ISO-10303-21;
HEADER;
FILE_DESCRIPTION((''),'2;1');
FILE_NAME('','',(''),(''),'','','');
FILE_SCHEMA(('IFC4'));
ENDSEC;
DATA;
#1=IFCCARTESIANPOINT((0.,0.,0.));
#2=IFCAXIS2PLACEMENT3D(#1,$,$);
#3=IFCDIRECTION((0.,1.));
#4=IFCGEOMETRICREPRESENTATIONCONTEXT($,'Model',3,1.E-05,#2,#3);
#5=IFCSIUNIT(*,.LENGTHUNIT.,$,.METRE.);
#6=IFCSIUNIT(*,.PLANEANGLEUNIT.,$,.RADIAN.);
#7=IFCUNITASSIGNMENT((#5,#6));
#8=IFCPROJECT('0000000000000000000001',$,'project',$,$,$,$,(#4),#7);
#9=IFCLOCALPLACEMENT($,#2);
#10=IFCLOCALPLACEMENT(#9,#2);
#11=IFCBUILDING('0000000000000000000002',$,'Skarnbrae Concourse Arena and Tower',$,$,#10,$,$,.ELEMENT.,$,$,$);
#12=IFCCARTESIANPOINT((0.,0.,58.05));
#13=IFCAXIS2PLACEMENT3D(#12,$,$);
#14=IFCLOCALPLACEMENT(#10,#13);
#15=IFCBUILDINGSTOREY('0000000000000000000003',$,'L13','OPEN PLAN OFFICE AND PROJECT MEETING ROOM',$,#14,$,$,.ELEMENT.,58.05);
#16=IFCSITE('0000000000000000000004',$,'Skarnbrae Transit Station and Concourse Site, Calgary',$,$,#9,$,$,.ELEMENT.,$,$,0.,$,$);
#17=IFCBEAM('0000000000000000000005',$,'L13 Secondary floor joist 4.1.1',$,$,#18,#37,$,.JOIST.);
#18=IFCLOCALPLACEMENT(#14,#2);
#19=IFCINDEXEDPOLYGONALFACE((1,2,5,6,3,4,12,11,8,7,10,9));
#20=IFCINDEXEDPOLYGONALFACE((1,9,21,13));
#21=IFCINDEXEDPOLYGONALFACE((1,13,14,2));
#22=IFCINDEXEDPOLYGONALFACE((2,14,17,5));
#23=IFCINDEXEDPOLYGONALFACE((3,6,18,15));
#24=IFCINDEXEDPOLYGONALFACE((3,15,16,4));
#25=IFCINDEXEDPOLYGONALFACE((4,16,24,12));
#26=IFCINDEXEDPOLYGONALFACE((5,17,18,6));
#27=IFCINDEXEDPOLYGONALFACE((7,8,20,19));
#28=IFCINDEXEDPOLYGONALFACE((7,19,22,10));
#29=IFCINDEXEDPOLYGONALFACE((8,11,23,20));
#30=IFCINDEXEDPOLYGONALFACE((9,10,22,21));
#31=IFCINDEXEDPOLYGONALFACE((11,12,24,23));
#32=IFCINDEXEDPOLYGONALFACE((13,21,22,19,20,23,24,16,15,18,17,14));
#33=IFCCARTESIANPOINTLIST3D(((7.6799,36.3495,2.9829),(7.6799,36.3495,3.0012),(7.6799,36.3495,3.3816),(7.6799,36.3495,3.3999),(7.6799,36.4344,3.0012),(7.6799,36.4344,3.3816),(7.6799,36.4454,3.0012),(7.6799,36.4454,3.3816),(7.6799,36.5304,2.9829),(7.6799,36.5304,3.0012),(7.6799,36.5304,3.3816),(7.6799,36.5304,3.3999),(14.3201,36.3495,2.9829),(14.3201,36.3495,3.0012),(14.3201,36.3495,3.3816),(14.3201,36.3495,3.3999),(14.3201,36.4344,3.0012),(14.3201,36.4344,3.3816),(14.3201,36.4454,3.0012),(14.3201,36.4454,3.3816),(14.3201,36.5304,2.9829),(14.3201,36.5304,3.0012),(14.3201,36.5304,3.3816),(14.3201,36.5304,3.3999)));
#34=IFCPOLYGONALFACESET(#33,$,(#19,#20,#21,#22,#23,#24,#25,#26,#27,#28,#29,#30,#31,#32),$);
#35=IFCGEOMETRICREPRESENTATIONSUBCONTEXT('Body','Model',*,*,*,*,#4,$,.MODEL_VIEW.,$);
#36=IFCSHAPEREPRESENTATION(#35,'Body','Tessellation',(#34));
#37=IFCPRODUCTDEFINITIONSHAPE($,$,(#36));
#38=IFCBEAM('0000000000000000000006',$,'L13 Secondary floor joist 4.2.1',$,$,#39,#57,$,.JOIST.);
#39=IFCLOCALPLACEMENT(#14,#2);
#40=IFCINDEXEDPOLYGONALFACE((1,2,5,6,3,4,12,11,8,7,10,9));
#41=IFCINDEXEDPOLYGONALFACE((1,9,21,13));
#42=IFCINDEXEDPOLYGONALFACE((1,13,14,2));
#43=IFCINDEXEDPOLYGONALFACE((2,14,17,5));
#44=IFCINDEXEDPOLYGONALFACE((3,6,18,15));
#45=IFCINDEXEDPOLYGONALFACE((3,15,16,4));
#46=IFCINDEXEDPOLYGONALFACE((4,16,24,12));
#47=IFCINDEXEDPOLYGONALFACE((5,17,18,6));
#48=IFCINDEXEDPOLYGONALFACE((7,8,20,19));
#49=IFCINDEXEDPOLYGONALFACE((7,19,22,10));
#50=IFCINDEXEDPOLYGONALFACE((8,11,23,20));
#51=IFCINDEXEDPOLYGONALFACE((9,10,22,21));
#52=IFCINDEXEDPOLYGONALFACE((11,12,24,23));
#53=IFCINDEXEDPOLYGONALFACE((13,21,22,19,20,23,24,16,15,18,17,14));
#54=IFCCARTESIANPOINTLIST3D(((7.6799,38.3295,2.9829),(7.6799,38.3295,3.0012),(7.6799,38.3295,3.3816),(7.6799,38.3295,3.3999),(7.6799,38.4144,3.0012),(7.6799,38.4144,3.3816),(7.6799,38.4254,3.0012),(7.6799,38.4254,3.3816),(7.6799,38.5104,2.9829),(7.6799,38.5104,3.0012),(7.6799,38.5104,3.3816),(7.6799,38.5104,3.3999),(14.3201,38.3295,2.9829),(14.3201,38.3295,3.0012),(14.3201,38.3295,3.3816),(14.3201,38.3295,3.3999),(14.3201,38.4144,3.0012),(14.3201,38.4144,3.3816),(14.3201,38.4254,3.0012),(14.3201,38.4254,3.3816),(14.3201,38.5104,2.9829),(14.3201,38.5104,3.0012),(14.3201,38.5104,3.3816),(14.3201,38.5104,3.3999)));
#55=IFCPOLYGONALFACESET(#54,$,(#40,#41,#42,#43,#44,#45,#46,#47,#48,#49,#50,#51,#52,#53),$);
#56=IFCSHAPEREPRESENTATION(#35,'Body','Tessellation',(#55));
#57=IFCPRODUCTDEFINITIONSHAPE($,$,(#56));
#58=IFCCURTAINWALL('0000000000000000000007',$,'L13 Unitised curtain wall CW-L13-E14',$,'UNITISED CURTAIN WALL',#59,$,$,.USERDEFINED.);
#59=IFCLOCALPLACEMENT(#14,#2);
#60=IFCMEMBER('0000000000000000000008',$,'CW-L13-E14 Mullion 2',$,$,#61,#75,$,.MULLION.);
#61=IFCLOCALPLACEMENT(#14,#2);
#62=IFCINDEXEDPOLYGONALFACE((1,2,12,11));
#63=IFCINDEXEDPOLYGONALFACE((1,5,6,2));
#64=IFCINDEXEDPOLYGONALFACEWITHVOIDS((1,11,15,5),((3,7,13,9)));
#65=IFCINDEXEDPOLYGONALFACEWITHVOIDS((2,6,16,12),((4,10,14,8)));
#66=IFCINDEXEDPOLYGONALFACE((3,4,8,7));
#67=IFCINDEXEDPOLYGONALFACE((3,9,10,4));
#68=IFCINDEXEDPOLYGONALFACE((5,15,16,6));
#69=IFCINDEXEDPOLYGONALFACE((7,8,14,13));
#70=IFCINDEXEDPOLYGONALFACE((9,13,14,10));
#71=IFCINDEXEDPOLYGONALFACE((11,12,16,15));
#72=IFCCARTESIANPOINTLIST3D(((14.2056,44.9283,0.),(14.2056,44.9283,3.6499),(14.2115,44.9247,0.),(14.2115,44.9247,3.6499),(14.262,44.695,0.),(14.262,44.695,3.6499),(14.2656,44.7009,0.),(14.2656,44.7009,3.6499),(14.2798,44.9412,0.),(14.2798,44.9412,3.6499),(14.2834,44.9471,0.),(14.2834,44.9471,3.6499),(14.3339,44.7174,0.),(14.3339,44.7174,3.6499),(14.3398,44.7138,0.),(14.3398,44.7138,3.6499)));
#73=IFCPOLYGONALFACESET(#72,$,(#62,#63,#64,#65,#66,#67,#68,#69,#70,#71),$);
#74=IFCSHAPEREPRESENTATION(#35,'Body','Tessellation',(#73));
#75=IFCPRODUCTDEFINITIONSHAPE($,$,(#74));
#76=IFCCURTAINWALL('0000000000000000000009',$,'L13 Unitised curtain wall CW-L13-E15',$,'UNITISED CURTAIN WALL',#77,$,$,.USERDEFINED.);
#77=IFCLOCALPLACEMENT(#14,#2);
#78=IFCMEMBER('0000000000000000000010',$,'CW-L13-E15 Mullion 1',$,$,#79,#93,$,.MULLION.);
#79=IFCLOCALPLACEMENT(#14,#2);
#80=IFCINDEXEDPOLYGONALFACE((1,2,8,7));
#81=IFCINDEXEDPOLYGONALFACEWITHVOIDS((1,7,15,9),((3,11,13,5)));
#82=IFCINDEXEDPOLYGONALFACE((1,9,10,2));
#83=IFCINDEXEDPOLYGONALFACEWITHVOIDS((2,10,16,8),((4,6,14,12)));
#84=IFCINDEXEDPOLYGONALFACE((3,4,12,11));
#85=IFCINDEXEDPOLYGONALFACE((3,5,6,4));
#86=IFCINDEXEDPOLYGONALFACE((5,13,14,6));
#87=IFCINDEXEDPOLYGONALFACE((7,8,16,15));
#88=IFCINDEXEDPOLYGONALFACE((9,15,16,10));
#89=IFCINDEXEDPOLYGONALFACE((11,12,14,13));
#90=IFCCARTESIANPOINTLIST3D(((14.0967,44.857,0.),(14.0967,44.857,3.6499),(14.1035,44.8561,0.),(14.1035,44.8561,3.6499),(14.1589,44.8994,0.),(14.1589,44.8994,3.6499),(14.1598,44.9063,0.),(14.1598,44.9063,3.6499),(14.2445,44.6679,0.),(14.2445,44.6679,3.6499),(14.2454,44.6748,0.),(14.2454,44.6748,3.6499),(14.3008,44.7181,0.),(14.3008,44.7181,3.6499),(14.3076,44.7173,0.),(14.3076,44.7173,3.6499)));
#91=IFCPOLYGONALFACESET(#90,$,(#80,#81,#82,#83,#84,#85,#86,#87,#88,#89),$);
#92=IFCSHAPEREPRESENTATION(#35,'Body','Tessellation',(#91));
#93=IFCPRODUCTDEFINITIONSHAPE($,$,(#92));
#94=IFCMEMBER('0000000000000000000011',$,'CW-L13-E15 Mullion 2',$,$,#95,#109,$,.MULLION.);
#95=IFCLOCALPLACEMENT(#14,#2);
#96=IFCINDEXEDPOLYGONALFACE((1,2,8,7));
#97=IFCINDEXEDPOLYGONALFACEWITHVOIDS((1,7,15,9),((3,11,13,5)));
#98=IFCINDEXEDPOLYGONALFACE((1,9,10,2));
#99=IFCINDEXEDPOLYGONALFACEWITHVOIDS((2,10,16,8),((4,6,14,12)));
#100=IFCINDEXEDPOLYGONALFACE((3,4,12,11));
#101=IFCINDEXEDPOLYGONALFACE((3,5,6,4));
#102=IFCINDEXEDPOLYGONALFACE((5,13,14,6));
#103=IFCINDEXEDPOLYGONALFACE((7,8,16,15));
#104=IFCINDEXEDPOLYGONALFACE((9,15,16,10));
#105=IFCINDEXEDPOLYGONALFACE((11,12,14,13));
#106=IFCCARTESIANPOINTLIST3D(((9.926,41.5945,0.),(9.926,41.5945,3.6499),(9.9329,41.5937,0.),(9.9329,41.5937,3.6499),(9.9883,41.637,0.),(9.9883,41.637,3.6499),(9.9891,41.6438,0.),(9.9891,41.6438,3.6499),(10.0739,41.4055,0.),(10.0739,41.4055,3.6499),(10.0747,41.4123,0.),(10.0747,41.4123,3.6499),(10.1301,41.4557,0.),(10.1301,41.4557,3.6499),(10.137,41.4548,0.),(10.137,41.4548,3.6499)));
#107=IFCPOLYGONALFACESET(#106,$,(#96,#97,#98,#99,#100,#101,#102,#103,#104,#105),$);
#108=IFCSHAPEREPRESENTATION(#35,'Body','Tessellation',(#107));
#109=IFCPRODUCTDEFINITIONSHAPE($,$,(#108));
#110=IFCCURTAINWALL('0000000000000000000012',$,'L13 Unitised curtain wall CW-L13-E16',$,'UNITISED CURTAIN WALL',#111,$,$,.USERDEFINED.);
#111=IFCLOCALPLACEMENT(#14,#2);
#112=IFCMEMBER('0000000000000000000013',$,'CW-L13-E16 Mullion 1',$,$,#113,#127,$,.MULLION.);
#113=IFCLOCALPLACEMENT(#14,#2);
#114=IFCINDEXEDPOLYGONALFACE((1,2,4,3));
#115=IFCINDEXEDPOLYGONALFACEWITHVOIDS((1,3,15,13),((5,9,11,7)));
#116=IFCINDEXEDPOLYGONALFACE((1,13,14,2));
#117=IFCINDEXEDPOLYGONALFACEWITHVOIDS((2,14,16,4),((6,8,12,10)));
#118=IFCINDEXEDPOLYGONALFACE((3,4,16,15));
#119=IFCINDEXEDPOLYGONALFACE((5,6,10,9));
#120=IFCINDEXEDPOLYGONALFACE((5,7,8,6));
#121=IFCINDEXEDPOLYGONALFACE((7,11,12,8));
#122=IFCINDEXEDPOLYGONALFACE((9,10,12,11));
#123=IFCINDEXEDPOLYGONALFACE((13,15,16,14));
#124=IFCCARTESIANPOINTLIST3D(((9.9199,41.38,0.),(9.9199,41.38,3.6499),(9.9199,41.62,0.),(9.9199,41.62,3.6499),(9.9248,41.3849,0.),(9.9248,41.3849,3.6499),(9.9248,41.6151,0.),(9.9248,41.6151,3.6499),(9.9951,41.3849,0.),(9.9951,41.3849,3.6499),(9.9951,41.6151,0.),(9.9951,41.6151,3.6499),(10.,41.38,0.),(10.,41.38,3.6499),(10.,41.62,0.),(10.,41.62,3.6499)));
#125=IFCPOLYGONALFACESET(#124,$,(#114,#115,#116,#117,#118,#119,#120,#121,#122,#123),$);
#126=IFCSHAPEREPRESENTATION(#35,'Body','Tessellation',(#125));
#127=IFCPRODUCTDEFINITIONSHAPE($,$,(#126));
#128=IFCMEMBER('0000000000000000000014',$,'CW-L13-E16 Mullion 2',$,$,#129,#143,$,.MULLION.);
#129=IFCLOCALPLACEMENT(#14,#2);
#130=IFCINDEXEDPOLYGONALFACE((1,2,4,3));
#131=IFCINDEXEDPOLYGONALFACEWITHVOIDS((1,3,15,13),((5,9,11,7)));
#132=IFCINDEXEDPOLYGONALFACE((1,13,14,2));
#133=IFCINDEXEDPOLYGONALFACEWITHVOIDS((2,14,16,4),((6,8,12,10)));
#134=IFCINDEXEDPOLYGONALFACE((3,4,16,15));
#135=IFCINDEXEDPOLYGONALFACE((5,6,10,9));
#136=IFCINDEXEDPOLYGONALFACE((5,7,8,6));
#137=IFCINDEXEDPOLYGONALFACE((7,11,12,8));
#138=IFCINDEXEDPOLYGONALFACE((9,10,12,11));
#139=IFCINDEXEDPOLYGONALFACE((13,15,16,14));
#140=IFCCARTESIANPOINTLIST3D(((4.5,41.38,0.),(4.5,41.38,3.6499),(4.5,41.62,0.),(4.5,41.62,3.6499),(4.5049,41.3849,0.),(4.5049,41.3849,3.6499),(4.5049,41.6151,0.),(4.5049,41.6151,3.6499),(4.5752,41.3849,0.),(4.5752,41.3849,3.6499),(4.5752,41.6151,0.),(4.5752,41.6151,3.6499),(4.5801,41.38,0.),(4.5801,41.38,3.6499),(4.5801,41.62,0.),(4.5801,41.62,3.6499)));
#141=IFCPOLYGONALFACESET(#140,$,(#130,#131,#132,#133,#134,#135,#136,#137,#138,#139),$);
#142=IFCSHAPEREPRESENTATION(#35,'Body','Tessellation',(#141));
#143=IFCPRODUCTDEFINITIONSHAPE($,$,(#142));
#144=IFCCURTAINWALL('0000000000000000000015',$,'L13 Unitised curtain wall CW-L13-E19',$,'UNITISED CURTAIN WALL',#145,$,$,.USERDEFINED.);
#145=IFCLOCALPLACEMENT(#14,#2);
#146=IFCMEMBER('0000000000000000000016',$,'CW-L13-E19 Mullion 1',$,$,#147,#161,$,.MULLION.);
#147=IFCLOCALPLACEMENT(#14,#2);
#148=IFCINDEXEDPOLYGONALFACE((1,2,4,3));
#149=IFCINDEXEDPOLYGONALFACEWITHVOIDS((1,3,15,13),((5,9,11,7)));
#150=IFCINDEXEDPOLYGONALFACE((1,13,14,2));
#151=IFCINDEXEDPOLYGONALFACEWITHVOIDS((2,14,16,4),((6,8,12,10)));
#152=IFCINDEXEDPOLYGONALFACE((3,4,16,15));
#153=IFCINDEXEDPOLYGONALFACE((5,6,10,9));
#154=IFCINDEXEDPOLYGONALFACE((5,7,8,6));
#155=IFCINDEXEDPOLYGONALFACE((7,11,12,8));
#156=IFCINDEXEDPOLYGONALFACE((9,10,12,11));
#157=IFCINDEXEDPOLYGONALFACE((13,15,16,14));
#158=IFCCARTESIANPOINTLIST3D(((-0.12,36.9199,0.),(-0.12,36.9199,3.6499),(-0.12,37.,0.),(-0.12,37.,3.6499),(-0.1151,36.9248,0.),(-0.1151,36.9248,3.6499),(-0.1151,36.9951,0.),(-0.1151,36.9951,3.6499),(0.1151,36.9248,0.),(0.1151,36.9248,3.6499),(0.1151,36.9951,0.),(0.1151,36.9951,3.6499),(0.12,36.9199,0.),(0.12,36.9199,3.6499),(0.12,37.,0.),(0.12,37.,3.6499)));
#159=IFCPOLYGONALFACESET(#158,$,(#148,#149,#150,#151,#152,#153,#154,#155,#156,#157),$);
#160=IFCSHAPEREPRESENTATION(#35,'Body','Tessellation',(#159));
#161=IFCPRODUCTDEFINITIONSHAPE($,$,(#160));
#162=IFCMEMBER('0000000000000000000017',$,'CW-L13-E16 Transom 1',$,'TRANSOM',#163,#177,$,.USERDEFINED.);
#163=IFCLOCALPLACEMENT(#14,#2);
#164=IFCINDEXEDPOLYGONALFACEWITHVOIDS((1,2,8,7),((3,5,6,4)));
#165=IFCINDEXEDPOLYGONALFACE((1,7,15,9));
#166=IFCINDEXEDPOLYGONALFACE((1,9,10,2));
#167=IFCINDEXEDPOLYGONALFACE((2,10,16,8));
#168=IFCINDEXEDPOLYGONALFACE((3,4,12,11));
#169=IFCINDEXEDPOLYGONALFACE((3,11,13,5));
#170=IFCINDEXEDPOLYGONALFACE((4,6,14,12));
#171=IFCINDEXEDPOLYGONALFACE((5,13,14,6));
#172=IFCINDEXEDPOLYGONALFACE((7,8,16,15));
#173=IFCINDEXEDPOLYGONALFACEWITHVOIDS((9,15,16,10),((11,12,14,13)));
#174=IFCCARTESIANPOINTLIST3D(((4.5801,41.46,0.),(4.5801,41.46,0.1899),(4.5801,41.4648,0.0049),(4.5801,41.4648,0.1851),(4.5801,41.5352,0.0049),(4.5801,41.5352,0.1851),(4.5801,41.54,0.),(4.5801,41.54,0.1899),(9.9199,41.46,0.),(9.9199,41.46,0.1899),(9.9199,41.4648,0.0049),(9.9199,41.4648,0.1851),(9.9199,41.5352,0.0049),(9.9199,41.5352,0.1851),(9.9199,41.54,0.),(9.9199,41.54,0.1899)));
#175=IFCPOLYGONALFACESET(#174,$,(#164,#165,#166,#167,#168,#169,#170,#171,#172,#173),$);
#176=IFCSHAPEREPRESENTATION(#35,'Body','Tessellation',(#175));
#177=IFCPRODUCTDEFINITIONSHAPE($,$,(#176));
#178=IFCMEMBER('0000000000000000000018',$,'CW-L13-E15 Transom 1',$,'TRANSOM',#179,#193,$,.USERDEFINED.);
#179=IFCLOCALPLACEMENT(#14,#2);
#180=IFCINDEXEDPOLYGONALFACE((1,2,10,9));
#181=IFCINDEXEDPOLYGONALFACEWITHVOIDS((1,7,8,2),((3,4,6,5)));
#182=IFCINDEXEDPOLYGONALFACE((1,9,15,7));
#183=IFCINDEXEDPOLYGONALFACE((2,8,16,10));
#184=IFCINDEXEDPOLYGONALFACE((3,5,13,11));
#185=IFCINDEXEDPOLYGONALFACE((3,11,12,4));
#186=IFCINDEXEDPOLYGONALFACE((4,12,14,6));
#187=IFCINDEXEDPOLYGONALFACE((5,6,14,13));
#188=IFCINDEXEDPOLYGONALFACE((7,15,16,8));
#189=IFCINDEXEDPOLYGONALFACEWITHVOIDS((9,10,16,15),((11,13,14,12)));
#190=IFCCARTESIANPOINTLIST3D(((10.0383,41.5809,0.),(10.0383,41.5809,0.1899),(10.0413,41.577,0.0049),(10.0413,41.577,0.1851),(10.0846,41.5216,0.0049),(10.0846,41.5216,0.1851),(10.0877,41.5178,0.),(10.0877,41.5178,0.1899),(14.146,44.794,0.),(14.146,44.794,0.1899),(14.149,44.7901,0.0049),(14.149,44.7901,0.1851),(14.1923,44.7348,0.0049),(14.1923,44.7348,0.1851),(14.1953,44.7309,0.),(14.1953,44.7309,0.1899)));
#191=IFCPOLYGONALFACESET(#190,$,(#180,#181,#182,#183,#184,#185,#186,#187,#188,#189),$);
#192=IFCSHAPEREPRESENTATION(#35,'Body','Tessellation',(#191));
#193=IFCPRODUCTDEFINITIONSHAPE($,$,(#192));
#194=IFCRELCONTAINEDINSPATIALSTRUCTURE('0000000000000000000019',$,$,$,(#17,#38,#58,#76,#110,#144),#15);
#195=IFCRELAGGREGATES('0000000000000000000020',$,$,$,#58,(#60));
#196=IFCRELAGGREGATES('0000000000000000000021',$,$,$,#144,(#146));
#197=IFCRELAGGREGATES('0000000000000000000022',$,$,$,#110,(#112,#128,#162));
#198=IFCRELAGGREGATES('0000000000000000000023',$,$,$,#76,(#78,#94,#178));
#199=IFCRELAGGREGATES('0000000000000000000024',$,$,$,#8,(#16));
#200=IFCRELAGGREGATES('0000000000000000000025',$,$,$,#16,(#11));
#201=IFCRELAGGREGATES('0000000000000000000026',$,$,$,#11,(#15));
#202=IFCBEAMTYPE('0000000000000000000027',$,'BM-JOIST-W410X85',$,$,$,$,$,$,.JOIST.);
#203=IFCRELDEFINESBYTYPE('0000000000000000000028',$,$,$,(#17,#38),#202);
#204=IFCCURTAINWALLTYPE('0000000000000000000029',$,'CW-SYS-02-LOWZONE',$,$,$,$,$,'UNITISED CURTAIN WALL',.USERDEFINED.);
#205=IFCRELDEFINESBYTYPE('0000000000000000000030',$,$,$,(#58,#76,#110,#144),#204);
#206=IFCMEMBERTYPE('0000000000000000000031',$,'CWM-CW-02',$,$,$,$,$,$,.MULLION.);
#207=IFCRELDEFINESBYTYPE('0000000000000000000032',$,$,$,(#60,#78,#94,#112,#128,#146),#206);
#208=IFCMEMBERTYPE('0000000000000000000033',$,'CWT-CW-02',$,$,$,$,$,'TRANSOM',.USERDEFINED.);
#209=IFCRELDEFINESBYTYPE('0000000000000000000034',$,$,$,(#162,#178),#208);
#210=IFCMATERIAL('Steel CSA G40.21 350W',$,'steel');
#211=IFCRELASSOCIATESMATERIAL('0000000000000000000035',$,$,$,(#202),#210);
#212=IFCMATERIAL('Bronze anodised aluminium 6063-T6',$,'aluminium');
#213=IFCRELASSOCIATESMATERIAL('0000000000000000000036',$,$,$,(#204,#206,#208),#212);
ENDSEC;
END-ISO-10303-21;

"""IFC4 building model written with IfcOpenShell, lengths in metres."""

from ifc_helpers import new_model, si_unit, direction, frame, origin, origin_2d, place, context, subcontext, project, spatial, hollow_rectangle, i_section, extrude, source, transform, mapped, material, material_profile, profile_set, type_object, element, aggregate, save


model = new_model("IFC4")

# Units and contexts
model_context = context("Model", 3, precision=1e-05, world=origin(), true_north=direction((0.0, 1.0)))
body_context = subcontext(model_context, "Body", "Model", "MODEL_VIEW")
ifc_project = project(units=[si_unit("LENGTHUNIT", "METRE"), si_unit("PLANEANGLEUNIT", "RADIAN")], contexts=[model_context])

# Site, building, storey
site_placement = place(None, origin())
site = spatial("IfcSite", under=ifc_project, at=site_placement, Name="Skarnbrae Transit Station and Concourse Site, Calgary", CompositionType="ELEMENT", RefElevation=0.0)
building_placement = place(site_placement, origin())
building = spatial("IfcBuilding", under=site, at=building_placement, Name="Skarnbrae Concourse Arena and Tower", CompositionType="ELEMENT")
storey_placement = place(building_placement, frame((0.0, 0.0, 58.05)))
storey = spatial("IfcBuildingStorey", under=building, at=storey_placement, Name="L13", Description="OPEN PLAN OFFICE AND PROJECT MEETING ROOM", CompositionType="ELEMENT", Elevation=58.05)

# Shared definitions
ifc_material_1 = material(Name="Steel CSA G40.21 350W", Category="steel")

# Beams
ifc_material_profile_1 = material_profile(ifc_material_1, i_section(OverallWidth=0.1809, OverallDepth=0.417, WebThickness=0.011, FlangeThickness=0.0183, at=origin_2d()), Name="W410X85")
ifc_profile_set_1 = profile_set([ifc_material_profile_1], Name="Steel CSA G40.21 350W")
beam_type_1 = type_object("IfcBeamType", Name="BM-JOIST-W410X85", PredefinedType="JOIST", material=ifc_profile_set_1)
shared_shape_1 = source(origin(), body_context, "Body", "SweptSolid", [
    extrude(i_section(OverallWidth=0.1809, OverallDepth=0.417, WebThickness=0.011, FlangeThickness=0.0183, at=origin_2d()), origin(), (0.0, 0.0, 1.0), 6.6401),
])
for number, where, z_axis, x_axis, name in (
    (1, (7.6799, 36.4399, 3.1914), (1.0, 0.0, 0.0), (0.0, 1.0, 0.0), "L13 Secondary floor joist 4.1.1"),
    (2, (7.6799, 38.4199, 3.1914), (1.0, 0.0, 0.0), (0.0, 1.0, 0.0), "L13 Secondary floor joist 4.2.1"),
):
    element("IfcBeam", number, at=place(storey_placement, frame(where, z_axis=z_axis, x_axis=x_axis)), inside=storey, type_object=beam_type_1, Name=name, PredefinedType="JOIST", context=body_context, shape_type="MappedRepresentation", body=[
        mapped(shared_shape_1, transform((0.0, 0.0, 0.0))),
    ])

# Curtain wall, member
ifc_material_2 = material(Name="Bronze anodised aluminium 6063-T6", Category="aluminium")
curtain_wall_type = type_object("IfcCurtainWallType", Name="CW-SYS-02-LOWZONE", ElementType="UNITISED CURTAIN WALL", PredefinedType="USERDEFINED", material=ifc_material_2)
curtain_wall_1_placement = place(storey_placement, origin())
curtain_wall_1 = element("IfcCurtainWall", 3, at=curtain_wall_1_placement, inside=storey, type_object=curtain_wall_type, Name="L13 Unitised curtain wall CW-L13-E14", ObjectType="UNITISED CURTAIN WALL", PredefinedType="USERDEFINED")
ifc_material_profile_2 = material_profile(ifc_material_2, hollow_rectangle(XDim=0.0801, YDim=0.24, WallThickness=0.0049, at=origin_2d()), Name="ALU-MULL-80X240")
ifc_profile_set_2 = profile_set([ifc_material_profile_2], Name="Bronze anodised aluminium 6063-T6")
member_type_1 = type_object("IfcMemberType", Name="CWM-CW-02", PredefinedType="MULLION", material=ifc_profile_set_2)
shared_shape_2 = source(origin(), body_context, "Body", "SweptSolid", [
    extrude(hollow_rectangle(XDim=0.0801, YDim=0.24, WallThickness=0.0049, at=origin_2d()), origin(), (0.0, 0.0, 1.0), 3.6499),
])
member_1_placement = place(storey_placement, frame((14.2727, 44.821, 0.0), z_axis=(0.0, 0.0, 1.0), x_axis=(-0.971974, -0.23509, 0.0)))
member_1 = element("IfcMember", 4, at=member_1_placement, type_object=member_type_1, Name="CW-L13-E14 Mullion 2", PredefinedType="MULLION", context=body_context, shape_type="MappedRepresentation", body=[
    mapped(shared_shape_2, transform((0.0, 0.0, 0.0))),
])
aggregate(curtain_wall_1, [member_1])

# Curtain walls, members
curtain_wall_2_placement = place(storey_placement, origin())
curtain_wall_2 = element("IfcCurtainWall", 5, at=curtain_wall_2_placement, inside=storey, type_object=curtain_wall_type, Name="L13 Unitised curtain wall CW-L13-E15", ObjectType="UNITISED CURTAIN WALL", PredefinedType="USERDEFINED")
member_2_placement = place(storey_placement, frame((14.2021, 44.7871, 0.0), z_axis=(0.0, 0.0, 1.0), x_axis=(-0.787652, -0.616121, 0.0)))
member_2 = element("IfcMember", 6, at=member_2_placement, type_object=member_type_1, Name="CW-L13-E15 Mullion 1", PredefinedType="MULLION", context=body_context, shape_type="MappedRepresentation", body=[
    mapped(shared_shape_2, transform((0.0, 0.0, 0.0))),
])
member_3_placement = place(storey_placement, frame((10.0315, 41.5247, 0.0), z_axis=(0.0, 0.0, 1.0), x_axis=(-0.787652, -0.616121, 0.0)))
member_3 = element("IfcMember", 7, at=member_3_placement, type_object=member_type_1, Name="CW-L13-E15 Mullion 2", PredefinedType="MULLION", context=body_context, shape_type="MappedRepresentation", body=[
    mapped(shared_shape_2, transform((0.0, 0.0, 0.0))),
])
curtain_wall_3_placement = place(storey_placement, origin())
curtain_wall_3 = element("IfcCurtainWall", 8, at=curtain_wall_3_placement, inside=storey, type_object=curtain_wall_type, Name="L13 Unitised curtain wall CW-L13-E16", ObjectType="UNITISED CURTAIN WALL", PredefinedType="USERDEFINED")
member_4_placement = place(storey_placement, frame((9.96, 41.5, 0.0), z_axis=(0.0, 0.0, 1.0), x_axis=(-1.0, 0.0, 0.0)))
member_4 = element("IfcMember", 9, at=member_4_placement, type_object=member_type_1, Name="CW-L13-E16 Mullion 1", PredefinedType="MULLION", context=body_context, shape_type="MappedRepresentation", body=[
    mapped(shared_shape_2, transform((0.0, 0.0, 0.0))),
])
member_5_placement = place(storey_placement, frame((4.54, 41.5, 0.0), z_axis=(0.0, 0.0, 1.0), x_axis=(-1.0, 0.0, 0.0)))
member_5 = element("IfcMember", 10, at=member_5_placement, type_object=member_type_1, Name="CW-L13-E16 Mullion 2", PredefinedType="MULLION", context=body_context, shape_type="MappedRepresentation", body=[
    mapped(shared_shape_2, transform((0.0, 0.0, 0.0))),
])

# Curtain wall, member
curtain_wall_4_placement = place(storey_placement, origin())
curtain_wall_4 = element("IfcCurtainWall", 11, at=curtain_wall_4_placement, inside=storey, type_object=curtain_wall_type, Name="L13 Unitised curtain wall CW-L13-E19", ObjectType="UNITISED CURTAIN WALL", PredefinedType="USERDEFINED")
member_6_placement = place(storey_placement, frame((0.0, 36.96, 0.0), z_axis=(0.0, 0.0, 1.0), x_axis=(0.0, -1.0, 0.0)))
member_6 = element("IfcMember", 12, at=member_6_placement, type_object=member_type_1, Name="CW-L13-E19 Mullion 1", PredefinedType="MULLION", context=body_context, shape_type="MappedRepresentation", body=[
    mapped(shared_shape_2, transform((0.0, 0.0, 0.0))),
])

# Members
ifc_material_profile_3 = material_profile(ifc_material_2, hollow_rectangle(XDim=0.0801, YDim=0.1899, WallThickness=0.0049, at=origin_2d()), Name="ALU-TRAN-80X190")
ifc_profile_set_3 = profile_set([ifc_material_profile_3], Name="Bronze anodised aluminium 6063-T6")
member_type_2 = type_object("IfcMemberType", Name="CWT-CW-02", ElementType="TRANSOM", PredefinedType="USERDEFINED", material=ifc_profile_set_3)
shared_shape_3 = source(origin(), body_context, "Body", "SweptSolid", [
    extrude(hollow_rectangle(XDim=0.0801, YDim=0.1899, WallThickness=0.0049, at=origin_2d()), origin(), (0.0, 0.0, 1.0), 5.3398),
])
member_7_placement = place(storey_placement, frame((9.9199, 41.5, 0.095), z_axis=(-1.0, 0.0, 0.0), x_axis=(0.0, -1.0, 0.0)))
member_7 = element("IfcMember", 13, at=member_7_placement, type_object=member_type_2, Name="CW-L13-E16 Transom 1", ObjectType="TRANSOM", PredefinedType="USERDEFINED", context=body_context, shape_type="MappedRepresentation", body=[
    mapped(shared_shape_3, transform((0.0, 0.0, 0.0))),
])
shared_shape_4 = source(origin(), body_context, "Body", "SweptSolid", [
    extrude(hollow_rectangle(XDim=0.0801, YDim=0.1899, WallThickness=0.0049, at=origin_2d()), origin(), (0.0, 0.0, 1.0), 5.2151),
])
member_8_placement = place(storey_placement, frame((14.1707, 44.7625, 0.095), z_axis=(-0.78765, -0.616123, 0.0), x_axis=(0.616123, -0.78765, 0.0)))
member_8 = element("IfcMember", 14, at=member_8_placement, type_object=member_type_2, Name="CW-L13-E15 Transom 1", ObjectType="TRANSOM", PredefinedType="USERDEFINED", context=body_context, shape_type="MappedRepresentation", body=[
    mapped(shared_shape_4, transform((0.0, 0.0, 0.0))),
])
aggregate(curtain_wall_4, [member_6])

aggregate(curtain_wall_3, [member_4, member_5, member_7])
aggregate(curtain_wall_2, [member_2, member_3, member_8])

save(model, "model.ifc")
